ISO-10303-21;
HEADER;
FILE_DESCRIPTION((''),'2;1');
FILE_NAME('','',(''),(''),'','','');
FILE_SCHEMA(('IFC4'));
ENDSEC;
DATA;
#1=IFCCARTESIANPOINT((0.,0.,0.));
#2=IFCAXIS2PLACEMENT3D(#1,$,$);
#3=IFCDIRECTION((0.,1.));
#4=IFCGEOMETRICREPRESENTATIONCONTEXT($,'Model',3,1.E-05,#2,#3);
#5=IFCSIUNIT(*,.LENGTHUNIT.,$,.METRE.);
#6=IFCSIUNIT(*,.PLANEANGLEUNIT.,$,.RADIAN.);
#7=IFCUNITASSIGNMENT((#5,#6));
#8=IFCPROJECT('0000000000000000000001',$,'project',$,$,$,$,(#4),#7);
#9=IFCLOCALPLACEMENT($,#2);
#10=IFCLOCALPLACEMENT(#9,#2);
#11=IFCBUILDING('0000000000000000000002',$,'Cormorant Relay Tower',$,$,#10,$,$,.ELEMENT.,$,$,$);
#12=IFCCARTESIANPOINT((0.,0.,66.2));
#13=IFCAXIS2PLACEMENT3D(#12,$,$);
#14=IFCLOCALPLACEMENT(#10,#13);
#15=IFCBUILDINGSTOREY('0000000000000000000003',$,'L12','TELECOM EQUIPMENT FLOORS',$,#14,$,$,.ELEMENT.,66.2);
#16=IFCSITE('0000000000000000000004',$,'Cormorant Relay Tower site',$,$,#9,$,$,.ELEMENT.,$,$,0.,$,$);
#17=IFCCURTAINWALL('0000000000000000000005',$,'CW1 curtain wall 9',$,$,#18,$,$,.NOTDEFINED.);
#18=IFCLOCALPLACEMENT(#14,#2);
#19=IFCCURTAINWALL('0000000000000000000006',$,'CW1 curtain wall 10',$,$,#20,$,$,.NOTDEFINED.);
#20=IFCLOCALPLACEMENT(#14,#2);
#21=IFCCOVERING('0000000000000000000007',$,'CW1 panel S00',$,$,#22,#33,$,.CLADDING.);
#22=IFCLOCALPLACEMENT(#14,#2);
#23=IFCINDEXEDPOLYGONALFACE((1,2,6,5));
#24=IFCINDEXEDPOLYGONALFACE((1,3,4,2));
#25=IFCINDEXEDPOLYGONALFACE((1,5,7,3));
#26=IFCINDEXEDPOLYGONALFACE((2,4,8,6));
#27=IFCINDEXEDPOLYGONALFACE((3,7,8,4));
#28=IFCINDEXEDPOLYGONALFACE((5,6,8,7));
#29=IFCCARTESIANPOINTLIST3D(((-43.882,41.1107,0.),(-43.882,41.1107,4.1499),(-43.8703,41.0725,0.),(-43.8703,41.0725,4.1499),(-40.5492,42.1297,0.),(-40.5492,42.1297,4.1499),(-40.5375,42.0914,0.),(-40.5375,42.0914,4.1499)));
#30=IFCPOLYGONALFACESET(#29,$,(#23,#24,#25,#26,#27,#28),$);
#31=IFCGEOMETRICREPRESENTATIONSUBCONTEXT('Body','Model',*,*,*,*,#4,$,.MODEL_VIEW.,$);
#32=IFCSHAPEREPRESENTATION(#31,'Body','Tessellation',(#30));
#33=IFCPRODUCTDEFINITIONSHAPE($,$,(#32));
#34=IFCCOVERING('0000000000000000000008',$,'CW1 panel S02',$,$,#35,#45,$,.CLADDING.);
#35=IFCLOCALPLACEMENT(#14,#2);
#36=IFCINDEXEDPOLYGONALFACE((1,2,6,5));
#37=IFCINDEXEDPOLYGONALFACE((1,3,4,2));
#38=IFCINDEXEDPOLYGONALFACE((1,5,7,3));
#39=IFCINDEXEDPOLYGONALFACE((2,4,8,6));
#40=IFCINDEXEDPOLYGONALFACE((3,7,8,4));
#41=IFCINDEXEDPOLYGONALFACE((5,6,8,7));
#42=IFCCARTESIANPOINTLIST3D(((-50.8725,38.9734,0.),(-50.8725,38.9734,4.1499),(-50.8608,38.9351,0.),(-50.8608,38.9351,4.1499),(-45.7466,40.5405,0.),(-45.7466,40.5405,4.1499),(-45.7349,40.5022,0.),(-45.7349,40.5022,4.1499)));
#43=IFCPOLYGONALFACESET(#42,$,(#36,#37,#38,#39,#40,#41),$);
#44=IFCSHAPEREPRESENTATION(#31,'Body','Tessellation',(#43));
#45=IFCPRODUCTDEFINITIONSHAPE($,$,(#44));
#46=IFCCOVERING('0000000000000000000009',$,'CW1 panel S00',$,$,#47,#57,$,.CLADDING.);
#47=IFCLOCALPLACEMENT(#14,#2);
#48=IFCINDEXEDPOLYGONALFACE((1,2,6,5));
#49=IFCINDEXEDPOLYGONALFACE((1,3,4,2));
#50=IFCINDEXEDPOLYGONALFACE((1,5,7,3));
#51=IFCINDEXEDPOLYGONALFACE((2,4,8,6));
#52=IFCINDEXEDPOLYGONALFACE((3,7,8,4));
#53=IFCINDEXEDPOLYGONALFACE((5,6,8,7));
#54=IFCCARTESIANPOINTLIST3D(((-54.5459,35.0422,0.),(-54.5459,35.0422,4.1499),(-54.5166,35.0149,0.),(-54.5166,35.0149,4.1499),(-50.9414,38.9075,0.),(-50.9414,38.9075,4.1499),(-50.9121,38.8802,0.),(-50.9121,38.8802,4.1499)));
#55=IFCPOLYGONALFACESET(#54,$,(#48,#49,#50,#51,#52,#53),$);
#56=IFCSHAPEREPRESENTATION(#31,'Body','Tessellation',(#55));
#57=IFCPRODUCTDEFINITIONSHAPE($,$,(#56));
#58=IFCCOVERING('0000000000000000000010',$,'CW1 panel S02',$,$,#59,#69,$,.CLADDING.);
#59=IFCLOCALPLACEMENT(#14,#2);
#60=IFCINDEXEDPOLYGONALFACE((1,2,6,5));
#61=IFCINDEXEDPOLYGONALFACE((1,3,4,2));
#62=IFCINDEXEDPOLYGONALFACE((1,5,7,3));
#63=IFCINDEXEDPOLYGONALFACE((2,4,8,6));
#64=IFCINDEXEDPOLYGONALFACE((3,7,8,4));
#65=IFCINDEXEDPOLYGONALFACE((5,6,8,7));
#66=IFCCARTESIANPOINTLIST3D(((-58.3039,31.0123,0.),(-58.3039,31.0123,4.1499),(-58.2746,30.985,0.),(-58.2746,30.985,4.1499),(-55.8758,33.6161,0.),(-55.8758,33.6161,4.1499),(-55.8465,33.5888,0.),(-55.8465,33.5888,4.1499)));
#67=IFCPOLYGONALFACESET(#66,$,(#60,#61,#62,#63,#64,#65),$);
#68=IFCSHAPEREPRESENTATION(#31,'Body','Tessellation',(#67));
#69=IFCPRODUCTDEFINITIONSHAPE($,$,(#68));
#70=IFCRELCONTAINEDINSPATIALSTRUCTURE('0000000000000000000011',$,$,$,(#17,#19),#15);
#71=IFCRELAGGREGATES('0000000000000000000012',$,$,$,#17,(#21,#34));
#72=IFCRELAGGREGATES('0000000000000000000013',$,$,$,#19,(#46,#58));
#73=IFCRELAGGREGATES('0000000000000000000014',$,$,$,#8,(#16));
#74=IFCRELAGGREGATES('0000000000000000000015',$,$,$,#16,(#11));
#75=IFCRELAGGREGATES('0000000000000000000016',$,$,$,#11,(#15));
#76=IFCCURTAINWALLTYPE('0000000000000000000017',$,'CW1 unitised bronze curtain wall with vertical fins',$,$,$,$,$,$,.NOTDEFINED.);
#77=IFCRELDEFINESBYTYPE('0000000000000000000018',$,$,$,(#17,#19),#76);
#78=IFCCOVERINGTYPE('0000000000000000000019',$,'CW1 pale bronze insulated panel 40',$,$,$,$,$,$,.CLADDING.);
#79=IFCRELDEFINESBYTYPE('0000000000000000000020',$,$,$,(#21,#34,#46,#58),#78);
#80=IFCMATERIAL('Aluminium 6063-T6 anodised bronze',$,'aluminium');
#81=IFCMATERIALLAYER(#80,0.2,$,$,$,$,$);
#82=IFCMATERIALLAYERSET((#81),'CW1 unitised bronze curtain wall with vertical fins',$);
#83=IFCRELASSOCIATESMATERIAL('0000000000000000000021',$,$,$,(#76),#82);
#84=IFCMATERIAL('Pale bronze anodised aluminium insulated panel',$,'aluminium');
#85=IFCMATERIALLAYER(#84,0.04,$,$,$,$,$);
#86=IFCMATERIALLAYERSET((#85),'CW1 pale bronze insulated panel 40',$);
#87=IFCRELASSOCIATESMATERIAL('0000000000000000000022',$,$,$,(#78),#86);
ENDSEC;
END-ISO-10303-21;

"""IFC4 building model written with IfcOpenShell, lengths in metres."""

from ifc_helpers import new_model, si_unit, direction, frame, origin, origin_2d, place, context, subcontext, project, spatial, rectangle, extrude, material, layer, layer_set, type_object, element, aggregate, save


model = new_model("IFC4")

# Units and contexts
model_context = context("Model", 3, precision=1e-05, world=origin(), true_north=direction((0.0, 1.0)))
body_context = subcontext(model_context, "Body", "Model", "MODEL_VIEW")
ifc_project = project(units=[si_unit("LENGTHUNIT", "METRE"), si_unit("PLANEANGLEUNIT", "RADIAN")], contexts=[model_context])

# Site, building, storey
site_placement = place(None, origin())
site = spatial("IfcSite", under=ifc_project, at=site_placement, Name="Cormorant Relay Tower site", CompositionType="ELEMENT", RefElevation=0.0)
building_placement = place(site_placement, origin())
building = spatial("IfcBuilding", under=site, at=building_placement, Name="Cormorant Relay Tower", CompositionType="ELEMENT")
storey_placement = place(building_placement, frame((0.0, 0.0, 66.2)))
storey = spatial("IfcBuildingStorey", under=building, at=storey_placement, Name="L12", Description="TELECOM EQUIPMENT FLOORS", CompositionType="ELEMENT", Elevation=66.2)

# Shared definitions
ifc_material_1 = material(Name="Aluminium 6063-T6 anodised bronze", Category="aluminium")
ifc_layer_1 = layer(ifc_material_1, 0.2)
ifc_layer_set_1 = layer_set([ifc_layer_1], Name="CW1 unitised bronze curtain wall with vertical fins")
curtain_wall_type = type_object("IfcCurtainWallType", Name="CW1 unitised bronze curtain wall with vertical fins", PredefinedType="NOTDEFINED", material=ifc_layer_set_1)

# Curtain walls
curtain_wall_1_placement = place(storey_placement, origin())
curtain_wall_1 = element("IfcCurtainWall", 1, at=curtain_wall_1_placement, inside=storey, type_object=curtain_wall_type, Name="CW1 curtain wall 9", PredefinedType="NOTDEFINED")
curtain_wall_2_placement = place(storey_placement, origin())
curtain_wall_2 = element("IfcCurtainWall", 2, at=curtain_wall_2_placement, inside=storey, type_object=curtain_wall_type, Name="CW1 curtain wall 10", PredefinedType="NOTDEFINED")

# Coverings
ifc_material_2 = material(Name="Pale bronze anodised aluminium insulated panel", Category="aluminium")
ifc_layer_2 = layer(ifc_material_2, 0.04)
ifc_layer_set_2 = layer_set([ifc_layer_2], Name="CW1 pale bronze insulated panel 40")
covering_type = type_object("IfcCoveringType", Name="CW1 pale bronze insulated panel 40", PredefinedType="CLADDING", material=ifc_layer_set_2)
covering_1_placement = place(storey_placement, frame((-42.2097, 41.6011, 0.0), z_axis=(0.0, 0.0, 1.0), x_axis=(-0.956305, -0.292372, 0.0)))
covering_1 = element("IfcCovering", 3, at=covering_1_placement, type_object=covering_type, Name="CW1 panel S00", PredefinedType="CLADDING", context=body_context, shape_type="SweptSolid", body=[
    extrude(rectangle(XDim=3.4851, YDim=0.04, at=origin_2d()), origin(), (0.0, 0.0, 1.0), 4.1499),
])
covering_2_placement = place(storey_placement, frame((-48.3037, 39.7378, 0.0), z_axis=(0.0, 0.0, 1.0), x_axis=(-0.956305, -0.292372, 0.0)))
covering_2 = element("IfcCovering", 4, at=covering_2_placement, type_object=covering_type, Name="CW1 panel S02", PredefinedType="CLADDING", context=body_context, shape_type="SweptSolid", body=[
    extrude(rectangle(XDim=5.3601, YDim=0.04, at=origin_2d()), origin(), (0.0, 0.0, 1.0), 4.1499),
])
aggregate(curtain_wall_1, [covering_1, covering_2])
covering_3_placement = place(storey_placement, frame((-52.729, 36.9612, 0.0), z_axis=(0.0, 0.0, 1.0), x_axis=(-0.681998, -0.731354, 0.0)))
covering_3 = element("IfcCovering", 5, at=covering_3_placement, type_object=covering_type, Name="CW1 panel S00", PredefinedType="CLADDING", context=body_context, shape_type="SweptSolid", body=[
    extrude(rectangle(XDim=5.2852, YDim=0.04, at=origin_2d()), origin(), (0.0, 0.0, 1.0), 4.1499),
])
covering_4_placement = place(storey_placement, frame((-57.0752, 32.3005, 0.0), z_axis=(0.0, 0.0, 1.0), x_axis=(-0.681998, -0.731354, 0.0)))
covering_4 = element("IfcCovering", 6, at=covering_4_placement, type_object=covering_type, Name="CW1 panel S02", PredefinedType="CLADDING", context=body_context, shape_type="SweptSolid", body=[
    extrude(rectangle(XDim=3.5603, YDim=0.04, at=origin_2d()), origin(), (0.0, 0.0, 1.0), 4.1499),
])
aggregate(curtain_wall_2, [covering_3, covering_4])

save(model, "model.ifc")
